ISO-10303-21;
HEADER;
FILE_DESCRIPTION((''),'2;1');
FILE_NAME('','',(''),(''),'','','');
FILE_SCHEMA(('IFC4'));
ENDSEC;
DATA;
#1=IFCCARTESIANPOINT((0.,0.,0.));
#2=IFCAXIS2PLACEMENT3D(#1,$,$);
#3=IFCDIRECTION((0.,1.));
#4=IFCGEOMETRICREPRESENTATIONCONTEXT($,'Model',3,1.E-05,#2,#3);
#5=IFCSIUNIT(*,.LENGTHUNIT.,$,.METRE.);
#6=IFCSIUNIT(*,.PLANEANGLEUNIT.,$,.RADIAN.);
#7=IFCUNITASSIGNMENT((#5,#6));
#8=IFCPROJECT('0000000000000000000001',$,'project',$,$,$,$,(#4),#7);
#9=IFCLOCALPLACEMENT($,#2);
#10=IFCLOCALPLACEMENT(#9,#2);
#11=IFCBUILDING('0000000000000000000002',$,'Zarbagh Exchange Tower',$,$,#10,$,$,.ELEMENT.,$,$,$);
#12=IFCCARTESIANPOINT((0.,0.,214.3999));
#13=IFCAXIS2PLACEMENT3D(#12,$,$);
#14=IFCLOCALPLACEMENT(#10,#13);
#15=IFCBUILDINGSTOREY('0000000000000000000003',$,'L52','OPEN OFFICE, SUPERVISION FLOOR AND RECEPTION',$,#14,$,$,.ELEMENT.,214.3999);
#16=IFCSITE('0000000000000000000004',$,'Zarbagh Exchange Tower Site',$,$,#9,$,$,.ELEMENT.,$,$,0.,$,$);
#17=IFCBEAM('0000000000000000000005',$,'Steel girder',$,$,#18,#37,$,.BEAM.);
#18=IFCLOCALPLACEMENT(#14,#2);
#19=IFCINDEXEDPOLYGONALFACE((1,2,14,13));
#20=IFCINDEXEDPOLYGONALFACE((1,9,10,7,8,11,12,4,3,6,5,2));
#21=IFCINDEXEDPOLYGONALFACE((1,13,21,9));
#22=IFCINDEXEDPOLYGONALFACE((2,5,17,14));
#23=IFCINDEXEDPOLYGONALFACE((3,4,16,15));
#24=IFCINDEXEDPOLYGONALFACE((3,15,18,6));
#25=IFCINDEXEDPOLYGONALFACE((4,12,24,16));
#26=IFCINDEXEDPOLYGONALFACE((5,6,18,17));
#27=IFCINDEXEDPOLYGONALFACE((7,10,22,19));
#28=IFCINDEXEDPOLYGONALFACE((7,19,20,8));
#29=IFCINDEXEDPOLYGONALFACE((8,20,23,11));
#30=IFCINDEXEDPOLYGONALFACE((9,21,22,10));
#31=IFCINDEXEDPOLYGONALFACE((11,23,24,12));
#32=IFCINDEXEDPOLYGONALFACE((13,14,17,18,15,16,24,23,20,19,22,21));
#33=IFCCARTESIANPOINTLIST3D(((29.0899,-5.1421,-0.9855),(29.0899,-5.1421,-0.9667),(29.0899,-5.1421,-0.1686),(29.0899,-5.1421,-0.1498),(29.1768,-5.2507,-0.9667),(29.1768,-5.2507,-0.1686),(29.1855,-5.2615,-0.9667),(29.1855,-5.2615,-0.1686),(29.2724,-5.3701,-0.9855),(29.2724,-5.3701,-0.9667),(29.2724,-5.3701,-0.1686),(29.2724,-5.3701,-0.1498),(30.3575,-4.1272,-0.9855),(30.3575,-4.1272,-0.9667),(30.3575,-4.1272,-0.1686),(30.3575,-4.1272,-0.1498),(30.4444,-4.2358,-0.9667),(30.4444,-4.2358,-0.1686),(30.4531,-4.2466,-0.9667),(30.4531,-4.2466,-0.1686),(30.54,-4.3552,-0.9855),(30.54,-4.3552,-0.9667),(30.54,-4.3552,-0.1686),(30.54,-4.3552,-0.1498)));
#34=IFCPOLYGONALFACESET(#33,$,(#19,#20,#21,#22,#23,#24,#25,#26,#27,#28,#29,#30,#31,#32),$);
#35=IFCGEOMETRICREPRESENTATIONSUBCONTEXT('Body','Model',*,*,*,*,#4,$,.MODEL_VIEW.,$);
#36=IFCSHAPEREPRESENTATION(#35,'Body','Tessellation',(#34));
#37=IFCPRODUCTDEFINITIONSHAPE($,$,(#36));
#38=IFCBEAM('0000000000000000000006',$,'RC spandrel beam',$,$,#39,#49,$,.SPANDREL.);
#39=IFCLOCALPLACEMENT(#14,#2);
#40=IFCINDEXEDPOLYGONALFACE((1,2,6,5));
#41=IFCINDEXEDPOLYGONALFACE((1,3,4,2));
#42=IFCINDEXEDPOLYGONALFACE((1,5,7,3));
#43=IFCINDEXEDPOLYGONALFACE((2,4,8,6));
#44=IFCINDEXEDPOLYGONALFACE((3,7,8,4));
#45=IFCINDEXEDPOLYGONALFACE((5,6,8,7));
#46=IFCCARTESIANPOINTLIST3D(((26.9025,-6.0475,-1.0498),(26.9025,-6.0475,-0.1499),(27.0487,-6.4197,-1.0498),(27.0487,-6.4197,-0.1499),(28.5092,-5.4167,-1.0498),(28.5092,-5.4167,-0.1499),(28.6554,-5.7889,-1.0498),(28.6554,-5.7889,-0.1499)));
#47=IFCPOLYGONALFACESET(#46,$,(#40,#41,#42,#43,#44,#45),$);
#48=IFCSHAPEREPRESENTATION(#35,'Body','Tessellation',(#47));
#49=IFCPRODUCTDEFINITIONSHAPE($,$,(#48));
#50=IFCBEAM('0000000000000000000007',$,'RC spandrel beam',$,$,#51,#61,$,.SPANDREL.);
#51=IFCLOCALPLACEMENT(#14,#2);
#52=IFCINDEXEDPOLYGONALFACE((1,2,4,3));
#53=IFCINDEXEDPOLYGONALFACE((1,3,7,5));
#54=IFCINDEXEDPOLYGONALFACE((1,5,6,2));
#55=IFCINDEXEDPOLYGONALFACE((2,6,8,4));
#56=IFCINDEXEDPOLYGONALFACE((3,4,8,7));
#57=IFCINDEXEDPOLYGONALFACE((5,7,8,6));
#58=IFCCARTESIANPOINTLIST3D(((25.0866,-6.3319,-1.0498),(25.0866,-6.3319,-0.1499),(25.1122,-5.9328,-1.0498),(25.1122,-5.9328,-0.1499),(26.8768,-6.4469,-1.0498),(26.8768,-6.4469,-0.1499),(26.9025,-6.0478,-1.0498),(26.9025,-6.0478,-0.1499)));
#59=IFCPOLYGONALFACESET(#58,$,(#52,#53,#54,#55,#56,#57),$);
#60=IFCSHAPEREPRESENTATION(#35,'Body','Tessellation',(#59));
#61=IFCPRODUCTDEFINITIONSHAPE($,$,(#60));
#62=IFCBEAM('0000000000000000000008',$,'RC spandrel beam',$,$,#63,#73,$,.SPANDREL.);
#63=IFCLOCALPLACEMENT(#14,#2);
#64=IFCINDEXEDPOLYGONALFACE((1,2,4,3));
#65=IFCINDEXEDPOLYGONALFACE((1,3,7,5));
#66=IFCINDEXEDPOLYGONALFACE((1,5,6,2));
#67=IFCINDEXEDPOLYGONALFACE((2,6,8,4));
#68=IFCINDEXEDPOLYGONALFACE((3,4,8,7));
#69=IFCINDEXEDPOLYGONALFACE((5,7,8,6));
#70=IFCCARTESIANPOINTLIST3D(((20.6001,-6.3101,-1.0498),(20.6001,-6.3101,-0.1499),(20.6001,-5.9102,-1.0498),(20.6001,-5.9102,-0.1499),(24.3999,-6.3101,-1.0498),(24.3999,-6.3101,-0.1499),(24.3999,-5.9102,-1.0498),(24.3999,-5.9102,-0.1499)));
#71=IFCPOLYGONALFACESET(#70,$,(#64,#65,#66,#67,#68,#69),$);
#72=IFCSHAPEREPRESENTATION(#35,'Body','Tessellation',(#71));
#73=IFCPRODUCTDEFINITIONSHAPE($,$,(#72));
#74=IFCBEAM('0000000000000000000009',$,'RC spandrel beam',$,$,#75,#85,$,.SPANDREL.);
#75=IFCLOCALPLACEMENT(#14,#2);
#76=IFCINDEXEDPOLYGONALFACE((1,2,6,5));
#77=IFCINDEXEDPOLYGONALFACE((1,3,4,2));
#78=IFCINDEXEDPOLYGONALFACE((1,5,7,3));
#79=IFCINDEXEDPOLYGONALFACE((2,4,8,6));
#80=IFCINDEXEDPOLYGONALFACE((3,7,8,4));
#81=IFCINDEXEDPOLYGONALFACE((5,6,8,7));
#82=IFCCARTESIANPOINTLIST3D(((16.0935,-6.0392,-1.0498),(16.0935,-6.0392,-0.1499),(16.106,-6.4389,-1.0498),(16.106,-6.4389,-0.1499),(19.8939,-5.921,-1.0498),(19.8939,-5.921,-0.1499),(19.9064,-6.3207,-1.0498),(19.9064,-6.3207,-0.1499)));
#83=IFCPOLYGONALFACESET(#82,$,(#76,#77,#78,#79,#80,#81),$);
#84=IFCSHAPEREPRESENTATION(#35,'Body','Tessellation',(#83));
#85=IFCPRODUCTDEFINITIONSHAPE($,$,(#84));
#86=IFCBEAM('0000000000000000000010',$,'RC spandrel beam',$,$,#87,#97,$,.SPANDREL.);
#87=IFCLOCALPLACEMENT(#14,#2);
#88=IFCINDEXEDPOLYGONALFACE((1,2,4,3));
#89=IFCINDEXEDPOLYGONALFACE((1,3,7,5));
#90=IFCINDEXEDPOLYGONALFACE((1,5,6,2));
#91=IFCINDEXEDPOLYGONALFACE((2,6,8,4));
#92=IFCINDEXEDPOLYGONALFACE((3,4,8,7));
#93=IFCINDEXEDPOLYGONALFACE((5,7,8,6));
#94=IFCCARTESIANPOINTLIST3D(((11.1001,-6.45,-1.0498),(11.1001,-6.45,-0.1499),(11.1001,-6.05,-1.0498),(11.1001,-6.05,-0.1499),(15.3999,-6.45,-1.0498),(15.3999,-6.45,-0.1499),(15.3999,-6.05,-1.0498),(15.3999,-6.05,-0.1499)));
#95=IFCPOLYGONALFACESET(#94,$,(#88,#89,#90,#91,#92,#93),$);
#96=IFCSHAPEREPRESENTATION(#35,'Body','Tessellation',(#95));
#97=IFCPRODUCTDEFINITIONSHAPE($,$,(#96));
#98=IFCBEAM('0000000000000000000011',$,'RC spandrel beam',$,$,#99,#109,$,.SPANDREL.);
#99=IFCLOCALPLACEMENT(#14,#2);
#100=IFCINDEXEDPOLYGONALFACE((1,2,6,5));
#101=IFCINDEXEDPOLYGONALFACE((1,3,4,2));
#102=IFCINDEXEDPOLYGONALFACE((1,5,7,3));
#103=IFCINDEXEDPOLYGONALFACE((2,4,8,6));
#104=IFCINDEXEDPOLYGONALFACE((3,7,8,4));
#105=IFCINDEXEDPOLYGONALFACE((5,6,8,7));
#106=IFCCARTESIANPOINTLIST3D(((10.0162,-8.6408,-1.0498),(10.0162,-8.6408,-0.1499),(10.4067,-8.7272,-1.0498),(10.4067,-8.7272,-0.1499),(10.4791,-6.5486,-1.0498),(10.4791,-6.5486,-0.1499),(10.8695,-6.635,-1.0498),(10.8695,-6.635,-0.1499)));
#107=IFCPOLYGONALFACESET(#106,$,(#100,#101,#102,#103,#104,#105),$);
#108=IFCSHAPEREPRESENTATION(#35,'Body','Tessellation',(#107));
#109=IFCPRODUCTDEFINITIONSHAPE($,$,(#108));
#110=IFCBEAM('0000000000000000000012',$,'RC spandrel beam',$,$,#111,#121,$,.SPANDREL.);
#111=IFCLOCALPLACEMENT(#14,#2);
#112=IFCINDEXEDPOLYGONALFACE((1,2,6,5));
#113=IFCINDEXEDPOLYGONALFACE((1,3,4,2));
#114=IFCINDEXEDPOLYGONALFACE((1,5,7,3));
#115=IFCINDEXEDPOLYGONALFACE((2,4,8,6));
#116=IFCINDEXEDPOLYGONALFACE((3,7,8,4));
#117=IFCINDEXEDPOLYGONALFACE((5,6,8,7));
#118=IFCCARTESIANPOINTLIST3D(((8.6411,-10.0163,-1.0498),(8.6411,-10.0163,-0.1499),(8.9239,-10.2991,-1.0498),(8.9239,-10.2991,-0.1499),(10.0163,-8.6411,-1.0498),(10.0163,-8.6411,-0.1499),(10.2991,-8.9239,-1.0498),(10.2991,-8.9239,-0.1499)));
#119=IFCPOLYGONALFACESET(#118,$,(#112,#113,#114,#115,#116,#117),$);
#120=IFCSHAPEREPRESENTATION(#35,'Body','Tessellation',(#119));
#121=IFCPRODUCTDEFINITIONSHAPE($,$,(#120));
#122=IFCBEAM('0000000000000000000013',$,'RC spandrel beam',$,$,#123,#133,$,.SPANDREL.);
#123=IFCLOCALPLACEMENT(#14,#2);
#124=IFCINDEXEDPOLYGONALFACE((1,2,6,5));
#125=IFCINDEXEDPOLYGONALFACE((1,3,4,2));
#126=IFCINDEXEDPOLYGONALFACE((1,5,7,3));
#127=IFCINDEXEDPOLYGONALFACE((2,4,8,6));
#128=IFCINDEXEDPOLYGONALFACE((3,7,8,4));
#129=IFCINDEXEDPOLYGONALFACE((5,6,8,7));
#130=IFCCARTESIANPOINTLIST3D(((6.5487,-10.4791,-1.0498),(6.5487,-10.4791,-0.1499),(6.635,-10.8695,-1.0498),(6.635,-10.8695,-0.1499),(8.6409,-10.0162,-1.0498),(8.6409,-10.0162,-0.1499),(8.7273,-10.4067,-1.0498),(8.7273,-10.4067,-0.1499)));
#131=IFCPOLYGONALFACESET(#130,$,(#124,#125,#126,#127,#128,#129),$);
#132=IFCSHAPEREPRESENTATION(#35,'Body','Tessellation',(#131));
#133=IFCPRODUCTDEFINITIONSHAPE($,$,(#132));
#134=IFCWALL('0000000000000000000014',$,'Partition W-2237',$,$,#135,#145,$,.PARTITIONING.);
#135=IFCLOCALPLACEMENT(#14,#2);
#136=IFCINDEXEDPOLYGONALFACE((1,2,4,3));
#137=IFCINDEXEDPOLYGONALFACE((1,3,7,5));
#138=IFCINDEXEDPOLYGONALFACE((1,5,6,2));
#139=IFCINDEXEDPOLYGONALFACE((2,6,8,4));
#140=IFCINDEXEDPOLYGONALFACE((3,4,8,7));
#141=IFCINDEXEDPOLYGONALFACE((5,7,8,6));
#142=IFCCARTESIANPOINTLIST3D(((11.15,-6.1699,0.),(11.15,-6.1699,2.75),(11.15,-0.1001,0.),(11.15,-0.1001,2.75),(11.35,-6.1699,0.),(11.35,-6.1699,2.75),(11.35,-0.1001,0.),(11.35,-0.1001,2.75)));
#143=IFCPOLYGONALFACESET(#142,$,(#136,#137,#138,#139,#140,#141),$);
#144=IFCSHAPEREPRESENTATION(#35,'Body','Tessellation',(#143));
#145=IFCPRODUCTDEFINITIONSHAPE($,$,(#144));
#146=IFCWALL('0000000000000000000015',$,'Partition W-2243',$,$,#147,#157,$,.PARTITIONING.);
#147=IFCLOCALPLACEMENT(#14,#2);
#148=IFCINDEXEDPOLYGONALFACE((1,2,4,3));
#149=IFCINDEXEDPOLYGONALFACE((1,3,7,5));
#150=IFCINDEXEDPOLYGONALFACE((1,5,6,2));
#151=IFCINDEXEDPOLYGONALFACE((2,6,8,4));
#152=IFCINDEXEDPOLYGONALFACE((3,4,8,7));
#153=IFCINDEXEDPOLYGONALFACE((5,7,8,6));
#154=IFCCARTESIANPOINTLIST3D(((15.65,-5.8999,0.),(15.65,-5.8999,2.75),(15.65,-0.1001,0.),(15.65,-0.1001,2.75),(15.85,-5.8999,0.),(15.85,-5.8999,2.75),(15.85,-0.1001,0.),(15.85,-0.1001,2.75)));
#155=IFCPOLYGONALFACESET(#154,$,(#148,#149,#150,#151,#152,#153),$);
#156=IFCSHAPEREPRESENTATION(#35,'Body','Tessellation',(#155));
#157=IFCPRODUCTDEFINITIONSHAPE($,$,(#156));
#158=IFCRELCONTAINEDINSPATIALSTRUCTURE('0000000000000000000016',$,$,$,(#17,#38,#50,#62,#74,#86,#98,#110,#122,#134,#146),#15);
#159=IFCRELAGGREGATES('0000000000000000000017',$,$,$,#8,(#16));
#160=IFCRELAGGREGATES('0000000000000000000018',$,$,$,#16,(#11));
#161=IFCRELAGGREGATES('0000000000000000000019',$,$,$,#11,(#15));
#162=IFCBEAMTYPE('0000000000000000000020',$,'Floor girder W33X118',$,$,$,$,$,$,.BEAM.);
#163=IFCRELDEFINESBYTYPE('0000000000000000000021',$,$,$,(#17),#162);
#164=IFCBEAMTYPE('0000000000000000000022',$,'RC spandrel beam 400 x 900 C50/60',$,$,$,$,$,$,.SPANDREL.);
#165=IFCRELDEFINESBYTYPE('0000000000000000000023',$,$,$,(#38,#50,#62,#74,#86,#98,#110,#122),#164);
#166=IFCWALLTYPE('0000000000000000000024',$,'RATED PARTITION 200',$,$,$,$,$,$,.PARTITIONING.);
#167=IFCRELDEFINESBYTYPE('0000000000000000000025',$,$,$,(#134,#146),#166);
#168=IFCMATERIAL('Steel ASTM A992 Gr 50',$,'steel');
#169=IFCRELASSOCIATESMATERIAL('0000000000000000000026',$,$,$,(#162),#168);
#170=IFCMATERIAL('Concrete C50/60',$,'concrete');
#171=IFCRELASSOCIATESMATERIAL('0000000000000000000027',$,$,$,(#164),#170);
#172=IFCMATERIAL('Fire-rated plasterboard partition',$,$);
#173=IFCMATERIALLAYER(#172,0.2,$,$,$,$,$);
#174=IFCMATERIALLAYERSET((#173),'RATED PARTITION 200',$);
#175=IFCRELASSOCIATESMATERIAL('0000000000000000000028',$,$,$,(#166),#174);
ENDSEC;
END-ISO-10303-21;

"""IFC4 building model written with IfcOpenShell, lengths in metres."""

from ifc_helpers import new_model, si_unit, direction, frame, frame_2d, origin, origin_2d, place, context, subcontext, project, spatial, rectangle, i_section, extrude, material, layer, layer_set, material_profile, profile_set, type_object, element, save


model = new_model("IFC4")

# Units and contexts
model_context = context("Model", 3, precision=1e-05, world=origin(), true_north=direction((0.0, 1.0)))
body_context = subcontext(model_context, "Body", "Model", "MODEL_VIEW")
ifc_project = project(units=[si_unit("LENGTHUNIT", "METRE"), si_unit("PLANEANGLEUNIT", "RADIAN")], contexts=[model_context])

# Site, building, storey
site_placement = place(None, origin())
site = spatial("IfcSite", under=ifc_project, at=site_placement, Name="Zarbagh Exchange Tower Site", CompositionType="ELEMENT", RefElevation=0.0)
building_placement = place(site_placement, origin())
building = spatial("IfcBuilding", under=site, at=building_placement, Name="Zarbagh Exchange Tower", CompositionType="ELEMENT")
storey_placement = place(building_placement, frame((0.0, 0.0, 214.3999)))
storey = spatial("IfcBuildingStorey", under=building, at=storey_placement, Name="L52", Description="OPEN OFFICE, SUPERVISION FLOOR AND RECEPTION", CompositionType="ELEMENT", Elevation=214.3999)

# Shared definitions
ifc_material_1 = material(Name="Concrete C50/60", Category="concrete")

# Beams
ifc_material_2 = material(Name="Steel ASTM A992 Gr 50", Category="steel")
ifc_material_profile_1 = material_profile(ifc_material_2, i_section(OverallWidth=0.292, OverallDepth=0.8357, WebThickness=0.0139, FlangeThickness=0.0188, at=origin_2d()), Name="W33X118")
ifc_profile_set_1 = profile_set([ifc_material_profile_1], Name="Steel ASTM A992 Gr 50")
beam_type_1 = type_object("IfcBeamType", Name="Floor girder W33X118", PredefinedType="BEAM", material=ifc_profile_set_1)
beam_1_placement = place(storey_placement, frame((30.4487, -4.2412, -0.5676), z_axis=(-0.780619, -0.625007, 0.0), x_axis=(0.625007, -0.780619, 0.0)))
element("IfcBeam", 1, at=beam_1_placement, inside=storey, type_object=beam_type_1, Name="Steel girder", PredefinedType="BEAM", context=body_context, shape_type="SweptSolid", body=[
    extrude(i_section(OverallWidth=0.292, OverallDepth=0.8357, WebThickness=0.0139, FlangeThickness=0.0188, at=origin_2d()), origin(), (0.0, 0.0, 1.0), 1.6238),
])
ifc_material_profile_2 = material_profile(ifc_material_1, rectangle(XDim=0.3999, YDim=0.8999, at=origin_2d()), Name="RC spandrel beam 400 x 900 C50/60")
ifc_profile_set_2 = profile_set([ifc_material_profile_2], Name="Concrete C50/60")
beam_type_2 = type_object("IfcBeamType", Name="RC spandrel beam 400 x 900 C50/60", PredefinedType="SPANDREL", material=ifc_profile_set_2)
beam_2_placement = place(storey_placement, frame((28.5823, -5.6028, -0.5999), z_axis=(-0.930819, -0.365482, 0.0), x_axis=(0.365482, -0.930819, 0.0)))
element("IfcBeam", 2, at=beam_2_placement, inside=storey, type_object=beam_type_2, Name="RC spandrel beam", PredefinedType="SPANDREL", context=body_context, shape_type="SweptSolid", body=[
    extrude(rectangle(XDim=0.3999, YDim=0.8999, at=origin_2d()), origin(), (0.0, 0.0, 1.0), 1.7261),
])
beam_3_placement = place(storey_placement, frame((26.8896, -6.2473, -0.5999), z_axis=(-0.997944, 0.064098, 0.0), x_axis=(-0.064098, -0.997944, 0.0)))
element("IfcBeam", 3, at=beam_3_placement, inside=storey, type_object=beam_type_2, Name="RC spandrel beam", PredefinedType="SPANDREL", context=body_context, shape_type="SweptSolid", body=[
    extrude(rectangle(XDim=0.3999, YDim=0.8999, at=origin_2d()), origin(), (0.0, 0.0, 1.0), 1.7939),
])
beam_4_placement = place(storey_placement, frame((24.3999, -6.1101, -0.5999), z_axis=(-1.0, 0.0, 0.0), x_axis=(0.0, -1.0, 0.0)))
element("IfcBeam", 4, at=beam_4_placement, inside=storey, type_object=beam_type_2, Name="RC spandrel beam", PredefinedType="SPANDREL", context=body_context, shape_type="SweptSolid", body=[
    extrude(rectangle(XDim=0.3999, YDim=0.8999, at=origin_2d()), origin(), (0.0, 0.0, 1.0), 3.7998),
])
beam_5_placement = place(storey_placement, frame((19.9001, -6.1208, -0.5999), z_axis=(-0.999517, -0.031078, 0.0), x_axis=(0.031078, -0.999517, 0.0)))
element("IfcBeam", 5, at=beam_5_placement, inside=storey, type_object=beam_type_2, Name="RC spandrel beam", PredefinedType="SPANDREL", context=body_context, shape_type="SweptSolid", body=[
    extrude(rectangle(XDim=0.3999, YDim=0.8999, at=origin_2d()), origin(), (0.0, 0.0, 1.0), 3.8022),
])
beam_6_placement = place(storey_placement, frame((15.3999, -6.25, -0.5999), z_axis=(-1.0, 0.0, 0.0), x_axis=(0.0, -1.0, 0.0)))
element("IfcBeam", 6, at=beam_6_placement, inside=storey, type_object=beam_type_2, Name="RC spandrel beam", PredefinedType="SPANDREL", context=body_context, shape_type="SweptSolid", body=[
    extrude(rectangle(XDim=0.3999, YDim=0.8999, at=origin_2d()), origin(), (0.0, 0.0, 1.0), 4.2998),
])
beam_7_placement = place(storey_placement, frame((10.6743, -6.5918, -0.5999), z_axis=(-0.216014, -0.97639, 0.0), x_axis=(0.97639, -0.216014, 0.0)))
element("IfcBeam", 7, at=beam_7_placement, inside=storey, type_object=beam_type_2, Name="RC spandrel beam", PredefinedType="SPANDREL", context=body_context, shape_type="SweptSolid", body=[
    extrude(rectangle(XDim=0.3999, YDim=0.8999, at=origin_2d()), origin(), (0.0, 0.0, 1.0), 2.1428),
])
beam_8_placement = place(storey_placement, frame((10.1577, -8.7825, -0.5999), z_axis=(-0.707107, -0.707107, 0.0), x_axis=(0.707107, -0.707107, 0.0)))
element("IfcBeam", 8, at=beam_8_placement, inside=storey, type_object=beam_type_2, Name="RC spandrel beam", PredefinedType="SPANDREL", context=body_context, shape_type="SweptSolid", body=[
    extrude(rectangle(XDim=0.3999, YDim=0.8999, at=origin_2d()), origin(), (0.0, 0.0, 1.0), 1.9448),
])
beam_9_placement = place(storey_placement, frame((8.6841, -10.2114, -0.5999), z_axis=(-0.97639, -0.216014, 0.0), x_axis=(0.216014, -0.97639, 0.0)))
element("IfcBeam", 9, at=beam_9_placement, inside=storey, type_object=beam_type_2, Name="RC spandrel beam", PredefinedType="SPANDREL", context=body_context, shape_type="SweptSolid", body=[
    extrude(rectangle(XDim=0.3999, YDim=0.8999, at=origin_2d()), origin(), (0.0, 0.0, 1.0), 2.1428),
])

# Walls
ifc_material_3 = material(Name="Fire-rated plasterboard partition")
ifc_layer = layer(ifc_material_3, 0.2)
ifc_layer_set = layer_set([ifc_layer], Name="RATED PARTITION 200")
wall_type = type_object("IfcWallType", Name="RATED PARTITION 200", PredefinedType="PARTITIONING", material=ifc_layer_set)
wall_1_placement = place(storey_placement, frame((11.25, -6.1699, 0.0), z_axis=(0.0, 0.0, 1.0), x_axis=(0.0, 1.0, 0.0)))
element("IfcWall", 10, at=wall_1_placement, inside=storey, type_object=wall_type, Name="Partition W-2237", PredefinedType="PARTITIONING", context=body_context, shape_type="SweptSolid", body=[
    extrude(rectangle(XDim=6.0698, YDim=0.2, at=frame_2d((3.0349, 0.0))), origin(), (0.0, 0.0, 1.0), 2.75),
])
wall_2_placement = place(storey_placement, frame((15.75, -5.8999, 0.0), z_axis=(0.0, 0.0, 1.0), x_axis=(0.0, 1.0, 0.0)))
element("IfcWall", 11, at=wall_2_placement, inside=storey, type_object=wall_type, Name="Partition W-2243", PredefinedType="PARTITIONING", context=body_context, shape_type="SweptSolid", body=[
    extrude(rectangle(XDim=5.7998, YDim=0.2, at=frame_2d((2.8999, 0.0))), origin(), (0.0, 0.0, 1.0), 2.75),
])

save(model, "model.ifc")
